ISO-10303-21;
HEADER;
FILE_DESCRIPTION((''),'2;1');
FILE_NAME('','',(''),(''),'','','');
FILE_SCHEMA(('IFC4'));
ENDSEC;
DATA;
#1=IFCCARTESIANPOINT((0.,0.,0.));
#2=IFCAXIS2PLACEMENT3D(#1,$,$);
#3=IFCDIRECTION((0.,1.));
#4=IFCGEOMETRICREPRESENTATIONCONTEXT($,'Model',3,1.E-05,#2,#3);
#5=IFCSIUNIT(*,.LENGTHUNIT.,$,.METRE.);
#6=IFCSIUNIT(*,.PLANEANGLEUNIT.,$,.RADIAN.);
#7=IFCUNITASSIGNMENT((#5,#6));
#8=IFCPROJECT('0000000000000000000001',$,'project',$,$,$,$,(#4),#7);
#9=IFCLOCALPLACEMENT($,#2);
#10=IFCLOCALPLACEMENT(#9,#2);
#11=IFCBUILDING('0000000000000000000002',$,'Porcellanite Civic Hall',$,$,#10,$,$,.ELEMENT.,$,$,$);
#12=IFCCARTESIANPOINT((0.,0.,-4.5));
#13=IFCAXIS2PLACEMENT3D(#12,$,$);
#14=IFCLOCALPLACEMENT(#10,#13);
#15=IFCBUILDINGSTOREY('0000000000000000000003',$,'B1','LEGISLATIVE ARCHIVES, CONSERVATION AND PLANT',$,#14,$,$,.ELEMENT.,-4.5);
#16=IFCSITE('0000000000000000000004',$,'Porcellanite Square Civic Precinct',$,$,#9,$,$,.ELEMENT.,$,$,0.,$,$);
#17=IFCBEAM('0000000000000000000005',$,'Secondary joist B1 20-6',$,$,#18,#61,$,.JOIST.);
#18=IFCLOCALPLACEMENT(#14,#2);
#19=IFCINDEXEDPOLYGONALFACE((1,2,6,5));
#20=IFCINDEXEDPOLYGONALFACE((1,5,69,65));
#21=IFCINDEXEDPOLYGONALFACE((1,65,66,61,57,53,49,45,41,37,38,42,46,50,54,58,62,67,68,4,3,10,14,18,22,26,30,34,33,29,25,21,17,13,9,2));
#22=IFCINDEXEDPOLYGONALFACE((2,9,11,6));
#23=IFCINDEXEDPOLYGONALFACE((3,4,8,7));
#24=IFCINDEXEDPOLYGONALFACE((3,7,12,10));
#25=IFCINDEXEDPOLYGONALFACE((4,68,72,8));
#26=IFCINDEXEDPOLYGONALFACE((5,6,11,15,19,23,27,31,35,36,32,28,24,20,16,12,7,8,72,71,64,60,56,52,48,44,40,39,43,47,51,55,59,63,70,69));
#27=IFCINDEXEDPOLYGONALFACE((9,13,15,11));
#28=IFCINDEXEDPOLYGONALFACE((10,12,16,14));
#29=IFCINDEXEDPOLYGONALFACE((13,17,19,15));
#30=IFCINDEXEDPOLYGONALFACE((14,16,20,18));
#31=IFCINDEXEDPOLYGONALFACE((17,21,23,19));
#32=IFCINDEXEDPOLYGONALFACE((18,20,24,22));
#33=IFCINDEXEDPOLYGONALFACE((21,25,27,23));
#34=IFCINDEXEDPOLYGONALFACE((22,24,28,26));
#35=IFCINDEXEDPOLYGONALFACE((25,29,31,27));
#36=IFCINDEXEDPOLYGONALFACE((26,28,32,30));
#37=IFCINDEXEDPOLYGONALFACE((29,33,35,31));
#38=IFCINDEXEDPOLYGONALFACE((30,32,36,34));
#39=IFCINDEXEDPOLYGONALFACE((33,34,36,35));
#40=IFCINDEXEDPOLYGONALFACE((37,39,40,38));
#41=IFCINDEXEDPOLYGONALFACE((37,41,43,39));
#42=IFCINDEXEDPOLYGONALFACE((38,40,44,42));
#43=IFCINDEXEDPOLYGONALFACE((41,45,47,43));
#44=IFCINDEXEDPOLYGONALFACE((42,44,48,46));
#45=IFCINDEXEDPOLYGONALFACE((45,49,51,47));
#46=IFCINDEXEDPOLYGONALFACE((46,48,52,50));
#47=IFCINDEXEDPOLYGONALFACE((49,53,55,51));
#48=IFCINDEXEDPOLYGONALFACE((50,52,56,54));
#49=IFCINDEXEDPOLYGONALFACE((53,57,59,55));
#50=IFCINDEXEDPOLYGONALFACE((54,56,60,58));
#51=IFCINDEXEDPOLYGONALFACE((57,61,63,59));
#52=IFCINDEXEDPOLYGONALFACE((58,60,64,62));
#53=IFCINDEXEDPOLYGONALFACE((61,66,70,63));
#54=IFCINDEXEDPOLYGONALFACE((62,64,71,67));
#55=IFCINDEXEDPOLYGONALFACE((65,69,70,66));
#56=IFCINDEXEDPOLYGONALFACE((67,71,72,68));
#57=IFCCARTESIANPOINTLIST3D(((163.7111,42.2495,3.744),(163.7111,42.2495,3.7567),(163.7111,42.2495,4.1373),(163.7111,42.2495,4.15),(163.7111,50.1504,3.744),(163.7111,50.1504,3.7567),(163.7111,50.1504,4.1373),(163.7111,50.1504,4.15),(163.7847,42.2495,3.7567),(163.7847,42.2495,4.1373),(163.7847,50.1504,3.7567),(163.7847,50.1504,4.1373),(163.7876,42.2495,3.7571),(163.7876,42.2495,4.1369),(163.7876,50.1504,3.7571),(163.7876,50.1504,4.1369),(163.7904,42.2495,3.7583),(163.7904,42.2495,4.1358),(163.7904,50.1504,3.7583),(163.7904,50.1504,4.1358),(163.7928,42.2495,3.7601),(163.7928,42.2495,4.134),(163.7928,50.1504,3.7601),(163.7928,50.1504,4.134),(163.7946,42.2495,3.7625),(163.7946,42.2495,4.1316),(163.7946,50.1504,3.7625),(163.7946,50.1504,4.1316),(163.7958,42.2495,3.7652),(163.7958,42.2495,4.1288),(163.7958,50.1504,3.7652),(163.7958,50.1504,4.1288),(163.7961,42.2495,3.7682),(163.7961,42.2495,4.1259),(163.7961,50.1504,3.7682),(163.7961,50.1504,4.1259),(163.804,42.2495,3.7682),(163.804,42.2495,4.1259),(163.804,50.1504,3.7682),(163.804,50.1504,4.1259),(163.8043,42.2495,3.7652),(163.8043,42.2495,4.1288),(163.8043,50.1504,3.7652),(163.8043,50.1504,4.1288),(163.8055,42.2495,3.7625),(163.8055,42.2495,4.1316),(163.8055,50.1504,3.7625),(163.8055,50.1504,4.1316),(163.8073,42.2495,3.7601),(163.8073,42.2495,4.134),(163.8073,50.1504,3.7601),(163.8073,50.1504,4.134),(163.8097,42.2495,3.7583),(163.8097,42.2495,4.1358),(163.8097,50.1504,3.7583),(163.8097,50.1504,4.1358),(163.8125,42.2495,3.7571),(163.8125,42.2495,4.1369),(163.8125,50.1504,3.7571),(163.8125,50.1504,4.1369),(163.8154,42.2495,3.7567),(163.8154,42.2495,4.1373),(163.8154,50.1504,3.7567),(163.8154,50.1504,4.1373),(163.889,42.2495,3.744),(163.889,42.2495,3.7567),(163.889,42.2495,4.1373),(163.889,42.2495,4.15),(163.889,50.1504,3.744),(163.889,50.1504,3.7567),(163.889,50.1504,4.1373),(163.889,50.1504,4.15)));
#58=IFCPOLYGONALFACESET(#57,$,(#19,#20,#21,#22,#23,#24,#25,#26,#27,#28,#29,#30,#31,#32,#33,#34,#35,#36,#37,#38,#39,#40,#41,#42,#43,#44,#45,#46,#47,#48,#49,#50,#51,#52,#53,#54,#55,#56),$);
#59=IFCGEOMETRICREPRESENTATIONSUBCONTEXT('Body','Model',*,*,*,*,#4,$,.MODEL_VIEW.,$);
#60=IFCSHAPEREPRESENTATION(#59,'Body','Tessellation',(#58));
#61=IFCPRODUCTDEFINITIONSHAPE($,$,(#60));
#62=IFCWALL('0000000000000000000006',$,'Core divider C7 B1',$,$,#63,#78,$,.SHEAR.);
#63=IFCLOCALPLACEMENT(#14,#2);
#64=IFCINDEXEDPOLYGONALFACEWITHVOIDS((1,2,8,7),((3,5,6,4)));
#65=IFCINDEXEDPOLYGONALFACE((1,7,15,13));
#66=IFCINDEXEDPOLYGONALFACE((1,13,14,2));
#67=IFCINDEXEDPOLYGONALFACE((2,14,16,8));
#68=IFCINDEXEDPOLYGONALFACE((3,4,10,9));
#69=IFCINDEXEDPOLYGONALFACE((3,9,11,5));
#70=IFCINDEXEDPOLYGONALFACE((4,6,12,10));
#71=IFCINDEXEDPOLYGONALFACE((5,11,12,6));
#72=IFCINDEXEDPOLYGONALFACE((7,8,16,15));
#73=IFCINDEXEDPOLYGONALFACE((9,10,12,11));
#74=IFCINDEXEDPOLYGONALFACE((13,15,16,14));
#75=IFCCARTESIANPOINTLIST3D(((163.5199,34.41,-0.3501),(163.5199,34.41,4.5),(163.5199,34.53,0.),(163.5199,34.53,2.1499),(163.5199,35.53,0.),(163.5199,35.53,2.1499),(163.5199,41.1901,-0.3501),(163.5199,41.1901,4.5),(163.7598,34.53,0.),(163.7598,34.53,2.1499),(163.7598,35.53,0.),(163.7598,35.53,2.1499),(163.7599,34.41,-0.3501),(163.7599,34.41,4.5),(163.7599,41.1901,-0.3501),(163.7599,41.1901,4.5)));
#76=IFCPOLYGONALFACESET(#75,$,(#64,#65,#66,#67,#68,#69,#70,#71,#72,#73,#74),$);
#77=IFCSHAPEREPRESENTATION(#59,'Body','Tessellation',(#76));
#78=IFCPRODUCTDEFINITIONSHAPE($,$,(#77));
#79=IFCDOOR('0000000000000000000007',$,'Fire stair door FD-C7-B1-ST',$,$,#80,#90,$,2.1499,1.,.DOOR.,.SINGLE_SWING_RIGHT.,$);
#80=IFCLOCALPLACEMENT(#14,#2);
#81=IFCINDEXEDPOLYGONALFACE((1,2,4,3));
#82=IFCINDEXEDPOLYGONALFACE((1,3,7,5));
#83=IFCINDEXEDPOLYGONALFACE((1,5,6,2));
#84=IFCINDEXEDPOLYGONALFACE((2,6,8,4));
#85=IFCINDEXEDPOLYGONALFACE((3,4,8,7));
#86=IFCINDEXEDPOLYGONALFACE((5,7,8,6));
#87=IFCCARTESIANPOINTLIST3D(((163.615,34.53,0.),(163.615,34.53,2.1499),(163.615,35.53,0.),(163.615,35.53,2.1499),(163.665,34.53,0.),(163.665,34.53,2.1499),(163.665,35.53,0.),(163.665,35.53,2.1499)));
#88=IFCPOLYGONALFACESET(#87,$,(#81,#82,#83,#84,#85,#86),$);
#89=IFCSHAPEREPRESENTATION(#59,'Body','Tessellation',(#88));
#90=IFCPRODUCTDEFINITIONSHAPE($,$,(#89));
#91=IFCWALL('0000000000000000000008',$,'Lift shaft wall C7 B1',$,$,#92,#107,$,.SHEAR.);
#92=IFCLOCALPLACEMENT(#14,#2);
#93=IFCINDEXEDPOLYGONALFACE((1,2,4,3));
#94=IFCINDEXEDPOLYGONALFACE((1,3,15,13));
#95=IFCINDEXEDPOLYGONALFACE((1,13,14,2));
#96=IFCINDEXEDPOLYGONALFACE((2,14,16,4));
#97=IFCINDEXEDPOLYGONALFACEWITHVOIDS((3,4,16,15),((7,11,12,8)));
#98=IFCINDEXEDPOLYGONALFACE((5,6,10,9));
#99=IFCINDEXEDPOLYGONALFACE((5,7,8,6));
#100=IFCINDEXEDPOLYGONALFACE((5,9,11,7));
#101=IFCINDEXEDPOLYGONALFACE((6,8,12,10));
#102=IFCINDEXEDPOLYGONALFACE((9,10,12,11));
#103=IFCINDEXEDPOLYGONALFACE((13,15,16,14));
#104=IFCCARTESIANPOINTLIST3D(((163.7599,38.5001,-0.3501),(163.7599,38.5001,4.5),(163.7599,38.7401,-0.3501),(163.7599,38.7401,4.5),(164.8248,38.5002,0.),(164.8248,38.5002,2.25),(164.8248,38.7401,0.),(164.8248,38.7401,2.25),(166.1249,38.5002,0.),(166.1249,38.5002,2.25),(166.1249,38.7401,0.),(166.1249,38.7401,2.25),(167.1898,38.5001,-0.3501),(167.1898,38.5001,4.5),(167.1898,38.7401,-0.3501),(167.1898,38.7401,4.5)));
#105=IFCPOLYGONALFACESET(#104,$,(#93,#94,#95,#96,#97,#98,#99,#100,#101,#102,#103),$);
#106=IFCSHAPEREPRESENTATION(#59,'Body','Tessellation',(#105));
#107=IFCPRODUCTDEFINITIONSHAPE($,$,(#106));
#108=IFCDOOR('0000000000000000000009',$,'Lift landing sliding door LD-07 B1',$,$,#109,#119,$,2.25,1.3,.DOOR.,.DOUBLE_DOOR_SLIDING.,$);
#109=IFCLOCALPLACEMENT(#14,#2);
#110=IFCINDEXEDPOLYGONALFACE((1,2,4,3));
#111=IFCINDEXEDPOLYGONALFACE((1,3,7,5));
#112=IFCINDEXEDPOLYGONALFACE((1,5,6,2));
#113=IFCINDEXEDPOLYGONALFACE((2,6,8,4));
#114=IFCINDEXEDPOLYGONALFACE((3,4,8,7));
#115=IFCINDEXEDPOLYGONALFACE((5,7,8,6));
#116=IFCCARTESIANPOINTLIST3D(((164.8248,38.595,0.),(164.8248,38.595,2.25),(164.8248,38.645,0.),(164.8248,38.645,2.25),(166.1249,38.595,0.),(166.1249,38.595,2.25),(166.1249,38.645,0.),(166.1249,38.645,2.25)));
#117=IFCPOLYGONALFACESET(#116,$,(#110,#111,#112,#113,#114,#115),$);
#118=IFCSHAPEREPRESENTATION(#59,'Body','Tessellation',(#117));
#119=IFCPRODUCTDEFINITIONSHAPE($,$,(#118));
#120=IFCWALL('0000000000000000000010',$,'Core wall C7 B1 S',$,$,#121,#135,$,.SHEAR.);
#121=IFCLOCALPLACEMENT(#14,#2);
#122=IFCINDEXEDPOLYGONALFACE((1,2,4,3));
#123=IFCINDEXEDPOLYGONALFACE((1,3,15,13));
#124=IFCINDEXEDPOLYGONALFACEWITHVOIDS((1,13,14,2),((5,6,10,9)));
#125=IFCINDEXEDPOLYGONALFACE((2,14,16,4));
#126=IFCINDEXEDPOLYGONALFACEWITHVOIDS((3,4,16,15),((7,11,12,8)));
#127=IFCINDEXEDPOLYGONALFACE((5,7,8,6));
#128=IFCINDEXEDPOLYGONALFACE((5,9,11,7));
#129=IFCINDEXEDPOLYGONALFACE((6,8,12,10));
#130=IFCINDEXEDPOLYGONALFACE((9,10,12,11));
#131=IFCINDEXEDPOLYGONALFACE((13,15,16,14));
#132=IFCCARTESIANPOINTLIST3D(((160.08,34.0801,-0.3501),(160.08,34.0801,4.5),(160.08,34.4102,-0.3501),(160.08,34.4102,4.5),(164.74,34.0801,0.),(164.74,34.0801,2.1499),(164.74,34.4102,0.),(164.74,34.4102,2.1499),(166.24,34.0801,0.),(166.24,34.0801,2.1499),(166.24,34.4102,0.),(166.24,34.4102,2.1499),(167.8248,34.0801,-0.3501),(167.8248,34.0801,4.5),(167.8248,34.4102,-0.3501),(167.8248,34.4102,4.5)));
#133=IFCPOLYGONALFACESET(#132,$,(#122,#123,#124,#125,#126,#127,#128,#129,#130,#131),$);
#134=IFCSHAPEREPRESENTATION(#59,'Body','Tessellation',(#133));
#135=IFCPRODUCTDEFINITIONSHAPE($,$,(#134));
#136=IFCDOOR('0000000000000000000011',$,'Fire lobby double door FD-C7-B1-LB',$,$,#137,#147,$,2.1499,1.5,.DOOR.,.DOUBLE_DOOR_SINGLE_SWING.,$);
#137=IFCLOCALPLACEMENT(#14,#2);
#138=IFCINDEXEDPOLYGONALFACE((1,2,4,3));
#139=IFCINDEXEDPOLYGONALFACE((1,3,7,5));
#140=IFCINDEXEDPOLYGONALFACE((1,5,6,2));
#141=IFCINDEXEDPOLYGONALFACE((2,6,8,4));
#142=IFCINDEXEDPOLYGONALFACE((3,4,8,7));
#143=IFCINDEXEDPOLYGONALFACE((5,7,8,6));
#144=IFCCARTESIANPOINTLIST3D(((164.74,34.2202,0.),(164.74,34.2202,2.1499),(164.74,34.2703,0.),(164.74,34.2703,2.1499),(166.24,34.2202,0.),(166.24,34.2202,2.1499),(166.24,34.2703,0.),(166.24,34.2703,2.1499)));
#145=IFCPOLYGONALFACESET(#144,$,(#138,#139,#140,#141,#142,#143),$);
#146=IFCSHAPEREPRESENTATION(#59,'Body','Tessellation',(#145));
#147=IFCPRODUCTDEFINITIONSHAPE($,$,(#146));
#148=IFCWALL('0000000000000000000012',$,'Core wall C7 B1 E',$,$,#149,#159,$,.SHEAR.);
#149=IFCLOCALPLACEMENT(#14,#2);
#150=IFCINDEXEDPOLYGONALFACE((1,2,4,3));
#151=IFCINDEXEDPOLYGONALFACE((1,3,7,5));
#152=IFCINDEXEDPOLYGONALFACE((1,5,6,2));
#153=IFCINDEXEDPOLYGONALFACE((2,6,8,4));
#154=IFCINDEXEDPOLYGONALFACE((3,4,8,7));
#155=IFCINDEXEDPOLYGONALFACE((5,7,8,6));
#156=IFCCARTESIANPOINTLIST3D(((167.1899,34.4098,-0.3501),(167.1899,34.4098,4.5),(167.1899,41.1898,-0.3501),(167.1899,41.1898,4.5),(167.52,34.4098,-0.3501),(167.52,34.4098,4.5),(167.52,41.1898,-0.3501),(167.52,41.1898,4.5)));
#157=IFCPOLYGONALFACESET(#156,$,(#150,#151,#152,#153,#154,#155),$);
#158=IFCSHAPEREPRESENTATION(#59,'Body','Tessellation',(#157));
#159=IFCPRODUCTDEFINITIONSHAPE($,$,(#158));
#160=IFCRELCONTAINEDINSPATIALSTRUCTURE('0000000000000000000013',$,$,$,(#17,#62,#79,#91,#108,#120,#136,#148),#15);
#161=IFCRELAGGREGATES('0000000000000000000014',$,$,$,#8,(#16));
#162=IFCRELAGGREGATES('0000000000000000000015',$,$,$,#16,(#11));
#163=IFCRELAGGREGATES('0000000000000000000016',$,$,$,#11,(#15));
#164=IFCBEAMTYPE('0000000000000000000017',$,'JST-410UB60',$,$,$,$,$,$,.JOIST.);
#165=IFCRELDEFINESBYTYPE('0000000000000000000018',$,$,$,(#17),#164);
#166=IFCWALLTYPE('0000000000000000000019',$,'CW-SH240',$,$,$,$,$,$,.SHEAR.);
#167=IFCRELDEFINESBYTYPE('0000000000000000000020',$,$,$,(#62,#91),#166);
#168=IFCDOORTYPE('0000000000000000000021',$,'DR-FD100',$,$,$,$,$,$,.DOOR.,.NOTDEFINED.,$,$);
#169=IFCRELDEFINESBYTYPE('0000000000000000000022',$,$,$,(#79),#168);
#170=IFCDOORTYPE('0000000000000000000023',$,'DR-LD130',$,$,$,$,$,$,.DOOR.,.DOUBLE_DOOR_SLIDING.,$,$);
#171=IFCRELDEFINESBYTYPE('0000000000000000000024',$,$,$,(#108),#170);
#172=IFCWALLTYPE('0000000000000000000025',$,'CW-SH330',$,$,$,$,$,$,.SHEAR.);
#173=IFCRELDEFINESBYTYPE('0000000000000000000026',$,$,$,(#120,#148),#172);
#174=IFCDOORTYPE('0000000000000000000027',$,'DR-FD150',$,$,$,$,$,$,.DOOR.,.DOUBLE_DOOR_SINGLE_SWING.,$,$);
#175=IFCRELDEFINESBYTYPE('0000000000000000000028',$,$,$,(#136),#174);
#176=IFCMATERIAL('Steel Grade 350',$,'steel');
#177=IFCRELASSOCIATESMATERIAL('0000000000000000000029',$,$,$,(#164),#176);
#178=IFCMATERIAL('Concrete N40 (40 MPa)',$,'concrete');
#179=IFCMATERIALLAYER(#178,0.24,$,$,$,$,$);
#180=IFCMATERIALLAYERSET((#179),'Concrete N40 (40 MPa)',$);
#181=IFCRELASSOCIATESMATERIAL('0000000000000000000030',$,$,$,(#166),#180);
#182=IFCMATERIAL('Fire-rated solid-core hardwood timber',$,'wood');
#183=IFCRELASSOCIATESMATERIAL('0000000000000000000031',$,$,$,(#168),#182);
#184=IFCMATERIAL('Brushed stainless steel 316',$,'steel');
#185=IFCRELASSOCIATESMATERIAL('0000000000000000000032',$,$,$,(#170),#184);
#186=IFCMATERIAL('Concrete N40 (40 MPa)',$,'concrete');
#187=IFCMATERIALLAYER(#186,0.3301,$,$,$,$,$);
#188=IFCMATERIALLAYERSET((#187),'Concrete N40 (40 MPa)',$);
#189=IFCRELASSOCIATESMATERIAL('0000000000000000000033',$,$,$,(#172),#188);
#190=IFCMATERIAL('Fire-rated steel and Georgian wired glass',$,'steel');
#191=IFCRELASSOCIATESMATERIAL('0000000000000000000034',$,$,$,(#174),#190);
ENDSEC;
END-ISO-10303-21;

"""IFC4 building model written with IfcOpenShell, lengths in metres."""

from ifc_helpers import new_model, si_unit, direction, frame, frame_2d, origin, origin_2d, place, context, subcontext, project, spatial, rectangle, i_section, extrude, material, layer, layer_set, material_profile, profile_set, type_object, element, fill, save


model = new_model("IFC4")

# Units and contexts
model_context = context("Model", 3, precision=1e-05, world=origin(), true_north=direction((0.0, 1.0)))
body_context = subcontext(model_context, "Body", "Model", "MODEL_VIEW")
ifc_project = project(units=[si_unit("LENGTHUNIT", "METRE"), si_unit("PLANEANGLEUNIT", "RADIAN")], contexts=[model_context])

# Site, building, storey
site_placement = place(None, origin())
site = spatial("IfcSite", under=ifc_project, at=site_placement, Name="Porcellanite Square Civic Precinct", CompositionType="ELEMENT", RefElevation=0.0)
building_placement = place(site_placement, origin())
building = spatial("IfcBuilding", under=site, at=building_placement, Name="Porcellanite Civic Hall", CompositionType="ELEMENT")
storey_placement = place(building_placement, frame((0.0, 0.0, -4.5)))
storey = spatial("IfcBuildingStorey", under=building, at=storey_placement, Name="B1", Description="LEGISLATIVE ARCHIVES, CONSERVATION AND PLANT", CompositionType="ELEMENT", Elevation=-4.5)

# Beam
ifc_material_1 = material(Name="Steel Grade 350", Category="steel")
ifc_material_profile_1 = material_profile(ifc_material_1, i_section(OverallWidth=0.178, OverallDepth=0.406, WebThickness=0.0078, FlangeThickness=0.0127, FilletRadius=0.0115, at=origin_2d()), Name="410UB59.7")
ifc_profile_set_1 = profile_set([ifc_material_profile_1], Name="Steel Grade 350")
beam_type_1 = type_object("IfcBeamType", Name="JST-410UB60", PredefinedType="JOIST", material=ifc_profile_set_1)
beam_1_placement = place(storey_placement, frame((163.8, 42.2495, 3.947), z_axis=(0.0, 1.0, 0.0), x_axis=(-1.0, 0.0, 0.0)))
element("IfcBeam", 1, at=beam_1_placement, inside=storey, type_object=beam_type_1, Name="Secondary joist B1 20-6", PredefinedType="JOIST", context=body_context, shape_type="SweptSolid", body=[
    extrude(i_section(OverallWidth=0.178, OverallDepth=0.406, WebThickness=0.0078, FlangeThickness=0.0127, FilletRadius=0.0115, at=origin_2d()), origin(), (0.0, 0.0, 1.0), 7.9009),
])

# Walls, openings, doors
ifc_material_2 = material(Name="Concrete N40 (40 MPa)", Category="concrete")
ifc_layer_1 = layer(ifc_material_2, 0.24)
ifc_layer_set_1 = layer_set([ifc_layer_1], Name="Concrete N40 (40 MPa)")
wall_type_1 = type_object("IfcWallType", Name="CW-SH240", PredefinedType="SHEAR", material=ifc_layer_set_1)
wall_1_placement = place(storey_placement, frame((163.6399, 34.4099, -0.3501), z_axis=(0.0, 0.0, 1.0), x_axis=(0.0, 1.0, 0.0)))
wall_1 = element("IfcWall", 2, at=wall_1_placement, inside=storey, type_object=wall_type_1, Name="Core divider C7 B1", PredefinedType="SHEAR", context=body_context, shape_type="SweptSolid", body=[
    extrude(rectangle(XDim=6.78, YDim=0.24, at=frame_2d((3.3901, 0.0))), origin(), (0.0, 0.0, 1.0), 4.8501),
])
opening_1_placement = place(wall_1_placement, frame((0.1201, 0.0, 0.3501)))
opening_1 = element("IfcOpeningElement", 3, at=opening_1_placement, cuts=wall_1, PredefinedType="OPENING", context=body_context, shape_type="SweptSolid", body=[
    extrude(rectangle(XDim=1.0, YDim=2.1499, at=frame_2d((0.5, 1.075))), frame((0.0, 0.1201, 0.0), z_axis=(0.0, -1.0, 0.0), x_axis=(1.0, 0.0, 0.0)), (0.0, 0.0, 1.0), 0.24),
])
ifc_material_3 = material(Name="Fire-rated solid-core hardwood timber", Category="wood")
door_type_1 = type_object("IfcDoorType", Name="DR-FD100", OperationType="NOTDEFINED", PredefinedType="DOOR", material=ifc_material_3)
door_1_placement = place(opening_1_placement, origin())
door_1 = element("IfcDoor", 4, at=door_1_placement, inside=storey, type_object=door_type_1, Name="Fire stair door FD-C7-B1-ST", OperationType="SINGLE_SWING_RIGHT", OverallHeight=2.1499, OverallWidth=1.0, PredefinedType="DOOR", context=body_context, shape_type="SweptSolid", body=[
    extrude(rectangle(XDim=1.0, YDim=2.1499, at=frame_2d((0.5, 1.075))), frame((0.0, 0.0249, 0.0), z_axis=(0.0, -1.0, 0.0), x_axis=(1.0, 0.0, 0.0)), (0.0, 0.0, 1.0), 0.05),
])
fill(opening_1, door_1)
wall_2_placement = place(storey_placement, frame((163.76, 38.6201, -0.3501), z_axis=(0.0, 0.0, 1.0), x_axis=(1.0, 0.0, 0.0)))
wall_2 = element("IfcWall", 5, at=wall_2_placement, inside=storey, type_object=wall_type_1, Name="Lift shaft wall C7 B1", PredefinedType="SHEAR", context=body_context, shape_type="SweptSolid", body=[
    extrude(rectangle(XDim=3.4299, YDim=0.24, at=frame_2d((1.7148, 0.0))), origin(), (0.0, 0.0, 1.0), 4.8501),
])
opening_2_placement = place(wall_2_placement, frame((1.0649, 0.0, 0.3501)))
opening_2 = element("IfcOpeningElement", 6, at=opening_2_placement, cuts=wall_2, PredefinedType="OPENING", context=body_context, shape_type="SweptSolid", body=[
    extrude(rectangle(XDim=1.3, YDim=2.25, at=frame_2d((0.6499, 1.125))), frame((0.0, 0.1201, 0.0), z_axis=(0.0, -1.0, 0.0), x_axis=(1.0, 0.0, 0.0)), (0.0, 0.0, 1.0), 0.24),
])
ifc_material_4 = material(Name="Brushed stainless steel 316", Category="steel")
door_type_2 = type_object("IfcDoorType", Name="DR-LD130", OperationType="DOUBLE_DOOR_SLIDING", PredefinedType="DOOR", material=ifc_material_4)
door_2_placement = place(opening_2_placement, origin())
door_2 = element("IfcDoor", 7, at=door_2_placement, inside=storey, type_object=door_type_2, Name="Lift landing sliding door LD-07 B1", OperationType="DOUBLE_DOOR_SLIDING", OverallHeight=2.25, OverallWidth=1.3, PredefinedType="DOOR", context=body_context, shape_type="SweptSolid", body=[
    extrude(rectangle(XDim=1.3, YDim=2.25, at=frame_2d((0.6499, 1.125))), frame((0.0, 0.0249, 0.0), z_axis=(0.0, -1.0, 0.0), x_axis=(1.0, 0.0, 0.0)), (0.0, 0.0, 1.0), 0.05),
])
fill(opening_2, door_2)
ifc_material_5 = material(Name="Concrete N40 (40 MPa)", Category="concrete")
ifc_layer_2 = layer(ifc_material_5, 0.3301)
ifc_layer_set_2 = layer_set([ifc_layer_2], Name="Concrete N40 (40 MPa)")
wall_type_2 = type_object("IfcWallType", Name="CW-SH330", PredefinedType="SHEAR", material=ifc_layer_set_2)
wall_3_placement = place(storey_placement, frame((167.825, 34.2451, -0.3501), z_axis=(0.0, 0.0, 1.0), x_axis=(-1.0, 0.0, 0.0)))
wall_3 = element("IfcWall", 8, at=wall_3_placement, inside=storey, type_object=wall_type_2, Name="Core wall C7 B1 S", PredefinedType="SHEAR", context=body_context, shape_type="SweptSolid", body=[
    extrude(rectangle(XDim=7.7449, YDim=0.3301, at=frame_2d((3.8726, 0.0))), origin(), (0.0, 0.0, 1.0), 4.8501),
])
opening_3_placement = place(wall_3_placement, frame((1.585, 0.0, 0.3501)))
opening_3 = element("IfcOpeningElement", 9, at=opening_3_placement, cuts=wall_3, PredefinedType="OPENING", context=body_context, shape_type="SweptSolid", body=[
    extrude(rectangle(XDim=1.5, YDim=2.1499, at=frame_2d((0.75, 1.075))), frame((0.0, 0.165, 0.0), z_axis=(0.0, -1.0, 0.0), x_axis=(1.0, 0.0, 0.0)), (0.0, 0.0, 1.0), 0.3301),
])
ifc_material_6 = material(Name="Fire-rated steel and Georgian wired glass", Category="steel")
door_type_3 = type_object("IfcDoorType", Name="DR-FD150", OperationType="DOUBLE_DOOR_SINGLE_SWING", PredefinedType="DOOR", material=ifc_material_6)
door_3_placement = place(opening_3_placement, origin())
door_3 = element("IfcDoor", 10, at=door_3_placement, inside=storey, type_object=door_type_3, Name="Fire lobby double door FD-C7-B1-LB", OperationType="DOUBLE_DOOR_SINGLE_SWING", OverallHeight=2.1499, OverallWidth=1.5, PredefinedType="DOOR", context=body_context, shape_type="SweptSolid", body=[
    extrude(rectangle(XDim=1.5, YDim=2.1499, at=frame_2d((0.75, 1.075))), frame((0.0, 0.0249, 0.0), z_axis=(0.0, -1.0, 0.0), x_axis=(1.0, 0.0, 0.0)), (0.0, 0.0, 1.0), 0.05),
])
fill(opening_3, door_3)

# Wall
wall_4_placement = place(storey_placement, frame((167.355, 41.1899, -0.3501), z_axis=(0.0, 0.0, 1.0), x_axis=(0.0, -1.0, 0.0)))
element("IfcWall", 11, at=wall_4_placement, inside=storey, type_object=wall_type_2, Name="Core wall C7 B1 E", PredefinedType="SHEAR", context=body_context, shape_type="SweptSolid", body=[
    extrude(rectangle(XDim=6.78, YDim=0.3301, at=frame_2d((3.3901, 0.0))), origin(), (0.0, 0.0, 1.0), 4.8501),
])

save(model, "model.ifc")
